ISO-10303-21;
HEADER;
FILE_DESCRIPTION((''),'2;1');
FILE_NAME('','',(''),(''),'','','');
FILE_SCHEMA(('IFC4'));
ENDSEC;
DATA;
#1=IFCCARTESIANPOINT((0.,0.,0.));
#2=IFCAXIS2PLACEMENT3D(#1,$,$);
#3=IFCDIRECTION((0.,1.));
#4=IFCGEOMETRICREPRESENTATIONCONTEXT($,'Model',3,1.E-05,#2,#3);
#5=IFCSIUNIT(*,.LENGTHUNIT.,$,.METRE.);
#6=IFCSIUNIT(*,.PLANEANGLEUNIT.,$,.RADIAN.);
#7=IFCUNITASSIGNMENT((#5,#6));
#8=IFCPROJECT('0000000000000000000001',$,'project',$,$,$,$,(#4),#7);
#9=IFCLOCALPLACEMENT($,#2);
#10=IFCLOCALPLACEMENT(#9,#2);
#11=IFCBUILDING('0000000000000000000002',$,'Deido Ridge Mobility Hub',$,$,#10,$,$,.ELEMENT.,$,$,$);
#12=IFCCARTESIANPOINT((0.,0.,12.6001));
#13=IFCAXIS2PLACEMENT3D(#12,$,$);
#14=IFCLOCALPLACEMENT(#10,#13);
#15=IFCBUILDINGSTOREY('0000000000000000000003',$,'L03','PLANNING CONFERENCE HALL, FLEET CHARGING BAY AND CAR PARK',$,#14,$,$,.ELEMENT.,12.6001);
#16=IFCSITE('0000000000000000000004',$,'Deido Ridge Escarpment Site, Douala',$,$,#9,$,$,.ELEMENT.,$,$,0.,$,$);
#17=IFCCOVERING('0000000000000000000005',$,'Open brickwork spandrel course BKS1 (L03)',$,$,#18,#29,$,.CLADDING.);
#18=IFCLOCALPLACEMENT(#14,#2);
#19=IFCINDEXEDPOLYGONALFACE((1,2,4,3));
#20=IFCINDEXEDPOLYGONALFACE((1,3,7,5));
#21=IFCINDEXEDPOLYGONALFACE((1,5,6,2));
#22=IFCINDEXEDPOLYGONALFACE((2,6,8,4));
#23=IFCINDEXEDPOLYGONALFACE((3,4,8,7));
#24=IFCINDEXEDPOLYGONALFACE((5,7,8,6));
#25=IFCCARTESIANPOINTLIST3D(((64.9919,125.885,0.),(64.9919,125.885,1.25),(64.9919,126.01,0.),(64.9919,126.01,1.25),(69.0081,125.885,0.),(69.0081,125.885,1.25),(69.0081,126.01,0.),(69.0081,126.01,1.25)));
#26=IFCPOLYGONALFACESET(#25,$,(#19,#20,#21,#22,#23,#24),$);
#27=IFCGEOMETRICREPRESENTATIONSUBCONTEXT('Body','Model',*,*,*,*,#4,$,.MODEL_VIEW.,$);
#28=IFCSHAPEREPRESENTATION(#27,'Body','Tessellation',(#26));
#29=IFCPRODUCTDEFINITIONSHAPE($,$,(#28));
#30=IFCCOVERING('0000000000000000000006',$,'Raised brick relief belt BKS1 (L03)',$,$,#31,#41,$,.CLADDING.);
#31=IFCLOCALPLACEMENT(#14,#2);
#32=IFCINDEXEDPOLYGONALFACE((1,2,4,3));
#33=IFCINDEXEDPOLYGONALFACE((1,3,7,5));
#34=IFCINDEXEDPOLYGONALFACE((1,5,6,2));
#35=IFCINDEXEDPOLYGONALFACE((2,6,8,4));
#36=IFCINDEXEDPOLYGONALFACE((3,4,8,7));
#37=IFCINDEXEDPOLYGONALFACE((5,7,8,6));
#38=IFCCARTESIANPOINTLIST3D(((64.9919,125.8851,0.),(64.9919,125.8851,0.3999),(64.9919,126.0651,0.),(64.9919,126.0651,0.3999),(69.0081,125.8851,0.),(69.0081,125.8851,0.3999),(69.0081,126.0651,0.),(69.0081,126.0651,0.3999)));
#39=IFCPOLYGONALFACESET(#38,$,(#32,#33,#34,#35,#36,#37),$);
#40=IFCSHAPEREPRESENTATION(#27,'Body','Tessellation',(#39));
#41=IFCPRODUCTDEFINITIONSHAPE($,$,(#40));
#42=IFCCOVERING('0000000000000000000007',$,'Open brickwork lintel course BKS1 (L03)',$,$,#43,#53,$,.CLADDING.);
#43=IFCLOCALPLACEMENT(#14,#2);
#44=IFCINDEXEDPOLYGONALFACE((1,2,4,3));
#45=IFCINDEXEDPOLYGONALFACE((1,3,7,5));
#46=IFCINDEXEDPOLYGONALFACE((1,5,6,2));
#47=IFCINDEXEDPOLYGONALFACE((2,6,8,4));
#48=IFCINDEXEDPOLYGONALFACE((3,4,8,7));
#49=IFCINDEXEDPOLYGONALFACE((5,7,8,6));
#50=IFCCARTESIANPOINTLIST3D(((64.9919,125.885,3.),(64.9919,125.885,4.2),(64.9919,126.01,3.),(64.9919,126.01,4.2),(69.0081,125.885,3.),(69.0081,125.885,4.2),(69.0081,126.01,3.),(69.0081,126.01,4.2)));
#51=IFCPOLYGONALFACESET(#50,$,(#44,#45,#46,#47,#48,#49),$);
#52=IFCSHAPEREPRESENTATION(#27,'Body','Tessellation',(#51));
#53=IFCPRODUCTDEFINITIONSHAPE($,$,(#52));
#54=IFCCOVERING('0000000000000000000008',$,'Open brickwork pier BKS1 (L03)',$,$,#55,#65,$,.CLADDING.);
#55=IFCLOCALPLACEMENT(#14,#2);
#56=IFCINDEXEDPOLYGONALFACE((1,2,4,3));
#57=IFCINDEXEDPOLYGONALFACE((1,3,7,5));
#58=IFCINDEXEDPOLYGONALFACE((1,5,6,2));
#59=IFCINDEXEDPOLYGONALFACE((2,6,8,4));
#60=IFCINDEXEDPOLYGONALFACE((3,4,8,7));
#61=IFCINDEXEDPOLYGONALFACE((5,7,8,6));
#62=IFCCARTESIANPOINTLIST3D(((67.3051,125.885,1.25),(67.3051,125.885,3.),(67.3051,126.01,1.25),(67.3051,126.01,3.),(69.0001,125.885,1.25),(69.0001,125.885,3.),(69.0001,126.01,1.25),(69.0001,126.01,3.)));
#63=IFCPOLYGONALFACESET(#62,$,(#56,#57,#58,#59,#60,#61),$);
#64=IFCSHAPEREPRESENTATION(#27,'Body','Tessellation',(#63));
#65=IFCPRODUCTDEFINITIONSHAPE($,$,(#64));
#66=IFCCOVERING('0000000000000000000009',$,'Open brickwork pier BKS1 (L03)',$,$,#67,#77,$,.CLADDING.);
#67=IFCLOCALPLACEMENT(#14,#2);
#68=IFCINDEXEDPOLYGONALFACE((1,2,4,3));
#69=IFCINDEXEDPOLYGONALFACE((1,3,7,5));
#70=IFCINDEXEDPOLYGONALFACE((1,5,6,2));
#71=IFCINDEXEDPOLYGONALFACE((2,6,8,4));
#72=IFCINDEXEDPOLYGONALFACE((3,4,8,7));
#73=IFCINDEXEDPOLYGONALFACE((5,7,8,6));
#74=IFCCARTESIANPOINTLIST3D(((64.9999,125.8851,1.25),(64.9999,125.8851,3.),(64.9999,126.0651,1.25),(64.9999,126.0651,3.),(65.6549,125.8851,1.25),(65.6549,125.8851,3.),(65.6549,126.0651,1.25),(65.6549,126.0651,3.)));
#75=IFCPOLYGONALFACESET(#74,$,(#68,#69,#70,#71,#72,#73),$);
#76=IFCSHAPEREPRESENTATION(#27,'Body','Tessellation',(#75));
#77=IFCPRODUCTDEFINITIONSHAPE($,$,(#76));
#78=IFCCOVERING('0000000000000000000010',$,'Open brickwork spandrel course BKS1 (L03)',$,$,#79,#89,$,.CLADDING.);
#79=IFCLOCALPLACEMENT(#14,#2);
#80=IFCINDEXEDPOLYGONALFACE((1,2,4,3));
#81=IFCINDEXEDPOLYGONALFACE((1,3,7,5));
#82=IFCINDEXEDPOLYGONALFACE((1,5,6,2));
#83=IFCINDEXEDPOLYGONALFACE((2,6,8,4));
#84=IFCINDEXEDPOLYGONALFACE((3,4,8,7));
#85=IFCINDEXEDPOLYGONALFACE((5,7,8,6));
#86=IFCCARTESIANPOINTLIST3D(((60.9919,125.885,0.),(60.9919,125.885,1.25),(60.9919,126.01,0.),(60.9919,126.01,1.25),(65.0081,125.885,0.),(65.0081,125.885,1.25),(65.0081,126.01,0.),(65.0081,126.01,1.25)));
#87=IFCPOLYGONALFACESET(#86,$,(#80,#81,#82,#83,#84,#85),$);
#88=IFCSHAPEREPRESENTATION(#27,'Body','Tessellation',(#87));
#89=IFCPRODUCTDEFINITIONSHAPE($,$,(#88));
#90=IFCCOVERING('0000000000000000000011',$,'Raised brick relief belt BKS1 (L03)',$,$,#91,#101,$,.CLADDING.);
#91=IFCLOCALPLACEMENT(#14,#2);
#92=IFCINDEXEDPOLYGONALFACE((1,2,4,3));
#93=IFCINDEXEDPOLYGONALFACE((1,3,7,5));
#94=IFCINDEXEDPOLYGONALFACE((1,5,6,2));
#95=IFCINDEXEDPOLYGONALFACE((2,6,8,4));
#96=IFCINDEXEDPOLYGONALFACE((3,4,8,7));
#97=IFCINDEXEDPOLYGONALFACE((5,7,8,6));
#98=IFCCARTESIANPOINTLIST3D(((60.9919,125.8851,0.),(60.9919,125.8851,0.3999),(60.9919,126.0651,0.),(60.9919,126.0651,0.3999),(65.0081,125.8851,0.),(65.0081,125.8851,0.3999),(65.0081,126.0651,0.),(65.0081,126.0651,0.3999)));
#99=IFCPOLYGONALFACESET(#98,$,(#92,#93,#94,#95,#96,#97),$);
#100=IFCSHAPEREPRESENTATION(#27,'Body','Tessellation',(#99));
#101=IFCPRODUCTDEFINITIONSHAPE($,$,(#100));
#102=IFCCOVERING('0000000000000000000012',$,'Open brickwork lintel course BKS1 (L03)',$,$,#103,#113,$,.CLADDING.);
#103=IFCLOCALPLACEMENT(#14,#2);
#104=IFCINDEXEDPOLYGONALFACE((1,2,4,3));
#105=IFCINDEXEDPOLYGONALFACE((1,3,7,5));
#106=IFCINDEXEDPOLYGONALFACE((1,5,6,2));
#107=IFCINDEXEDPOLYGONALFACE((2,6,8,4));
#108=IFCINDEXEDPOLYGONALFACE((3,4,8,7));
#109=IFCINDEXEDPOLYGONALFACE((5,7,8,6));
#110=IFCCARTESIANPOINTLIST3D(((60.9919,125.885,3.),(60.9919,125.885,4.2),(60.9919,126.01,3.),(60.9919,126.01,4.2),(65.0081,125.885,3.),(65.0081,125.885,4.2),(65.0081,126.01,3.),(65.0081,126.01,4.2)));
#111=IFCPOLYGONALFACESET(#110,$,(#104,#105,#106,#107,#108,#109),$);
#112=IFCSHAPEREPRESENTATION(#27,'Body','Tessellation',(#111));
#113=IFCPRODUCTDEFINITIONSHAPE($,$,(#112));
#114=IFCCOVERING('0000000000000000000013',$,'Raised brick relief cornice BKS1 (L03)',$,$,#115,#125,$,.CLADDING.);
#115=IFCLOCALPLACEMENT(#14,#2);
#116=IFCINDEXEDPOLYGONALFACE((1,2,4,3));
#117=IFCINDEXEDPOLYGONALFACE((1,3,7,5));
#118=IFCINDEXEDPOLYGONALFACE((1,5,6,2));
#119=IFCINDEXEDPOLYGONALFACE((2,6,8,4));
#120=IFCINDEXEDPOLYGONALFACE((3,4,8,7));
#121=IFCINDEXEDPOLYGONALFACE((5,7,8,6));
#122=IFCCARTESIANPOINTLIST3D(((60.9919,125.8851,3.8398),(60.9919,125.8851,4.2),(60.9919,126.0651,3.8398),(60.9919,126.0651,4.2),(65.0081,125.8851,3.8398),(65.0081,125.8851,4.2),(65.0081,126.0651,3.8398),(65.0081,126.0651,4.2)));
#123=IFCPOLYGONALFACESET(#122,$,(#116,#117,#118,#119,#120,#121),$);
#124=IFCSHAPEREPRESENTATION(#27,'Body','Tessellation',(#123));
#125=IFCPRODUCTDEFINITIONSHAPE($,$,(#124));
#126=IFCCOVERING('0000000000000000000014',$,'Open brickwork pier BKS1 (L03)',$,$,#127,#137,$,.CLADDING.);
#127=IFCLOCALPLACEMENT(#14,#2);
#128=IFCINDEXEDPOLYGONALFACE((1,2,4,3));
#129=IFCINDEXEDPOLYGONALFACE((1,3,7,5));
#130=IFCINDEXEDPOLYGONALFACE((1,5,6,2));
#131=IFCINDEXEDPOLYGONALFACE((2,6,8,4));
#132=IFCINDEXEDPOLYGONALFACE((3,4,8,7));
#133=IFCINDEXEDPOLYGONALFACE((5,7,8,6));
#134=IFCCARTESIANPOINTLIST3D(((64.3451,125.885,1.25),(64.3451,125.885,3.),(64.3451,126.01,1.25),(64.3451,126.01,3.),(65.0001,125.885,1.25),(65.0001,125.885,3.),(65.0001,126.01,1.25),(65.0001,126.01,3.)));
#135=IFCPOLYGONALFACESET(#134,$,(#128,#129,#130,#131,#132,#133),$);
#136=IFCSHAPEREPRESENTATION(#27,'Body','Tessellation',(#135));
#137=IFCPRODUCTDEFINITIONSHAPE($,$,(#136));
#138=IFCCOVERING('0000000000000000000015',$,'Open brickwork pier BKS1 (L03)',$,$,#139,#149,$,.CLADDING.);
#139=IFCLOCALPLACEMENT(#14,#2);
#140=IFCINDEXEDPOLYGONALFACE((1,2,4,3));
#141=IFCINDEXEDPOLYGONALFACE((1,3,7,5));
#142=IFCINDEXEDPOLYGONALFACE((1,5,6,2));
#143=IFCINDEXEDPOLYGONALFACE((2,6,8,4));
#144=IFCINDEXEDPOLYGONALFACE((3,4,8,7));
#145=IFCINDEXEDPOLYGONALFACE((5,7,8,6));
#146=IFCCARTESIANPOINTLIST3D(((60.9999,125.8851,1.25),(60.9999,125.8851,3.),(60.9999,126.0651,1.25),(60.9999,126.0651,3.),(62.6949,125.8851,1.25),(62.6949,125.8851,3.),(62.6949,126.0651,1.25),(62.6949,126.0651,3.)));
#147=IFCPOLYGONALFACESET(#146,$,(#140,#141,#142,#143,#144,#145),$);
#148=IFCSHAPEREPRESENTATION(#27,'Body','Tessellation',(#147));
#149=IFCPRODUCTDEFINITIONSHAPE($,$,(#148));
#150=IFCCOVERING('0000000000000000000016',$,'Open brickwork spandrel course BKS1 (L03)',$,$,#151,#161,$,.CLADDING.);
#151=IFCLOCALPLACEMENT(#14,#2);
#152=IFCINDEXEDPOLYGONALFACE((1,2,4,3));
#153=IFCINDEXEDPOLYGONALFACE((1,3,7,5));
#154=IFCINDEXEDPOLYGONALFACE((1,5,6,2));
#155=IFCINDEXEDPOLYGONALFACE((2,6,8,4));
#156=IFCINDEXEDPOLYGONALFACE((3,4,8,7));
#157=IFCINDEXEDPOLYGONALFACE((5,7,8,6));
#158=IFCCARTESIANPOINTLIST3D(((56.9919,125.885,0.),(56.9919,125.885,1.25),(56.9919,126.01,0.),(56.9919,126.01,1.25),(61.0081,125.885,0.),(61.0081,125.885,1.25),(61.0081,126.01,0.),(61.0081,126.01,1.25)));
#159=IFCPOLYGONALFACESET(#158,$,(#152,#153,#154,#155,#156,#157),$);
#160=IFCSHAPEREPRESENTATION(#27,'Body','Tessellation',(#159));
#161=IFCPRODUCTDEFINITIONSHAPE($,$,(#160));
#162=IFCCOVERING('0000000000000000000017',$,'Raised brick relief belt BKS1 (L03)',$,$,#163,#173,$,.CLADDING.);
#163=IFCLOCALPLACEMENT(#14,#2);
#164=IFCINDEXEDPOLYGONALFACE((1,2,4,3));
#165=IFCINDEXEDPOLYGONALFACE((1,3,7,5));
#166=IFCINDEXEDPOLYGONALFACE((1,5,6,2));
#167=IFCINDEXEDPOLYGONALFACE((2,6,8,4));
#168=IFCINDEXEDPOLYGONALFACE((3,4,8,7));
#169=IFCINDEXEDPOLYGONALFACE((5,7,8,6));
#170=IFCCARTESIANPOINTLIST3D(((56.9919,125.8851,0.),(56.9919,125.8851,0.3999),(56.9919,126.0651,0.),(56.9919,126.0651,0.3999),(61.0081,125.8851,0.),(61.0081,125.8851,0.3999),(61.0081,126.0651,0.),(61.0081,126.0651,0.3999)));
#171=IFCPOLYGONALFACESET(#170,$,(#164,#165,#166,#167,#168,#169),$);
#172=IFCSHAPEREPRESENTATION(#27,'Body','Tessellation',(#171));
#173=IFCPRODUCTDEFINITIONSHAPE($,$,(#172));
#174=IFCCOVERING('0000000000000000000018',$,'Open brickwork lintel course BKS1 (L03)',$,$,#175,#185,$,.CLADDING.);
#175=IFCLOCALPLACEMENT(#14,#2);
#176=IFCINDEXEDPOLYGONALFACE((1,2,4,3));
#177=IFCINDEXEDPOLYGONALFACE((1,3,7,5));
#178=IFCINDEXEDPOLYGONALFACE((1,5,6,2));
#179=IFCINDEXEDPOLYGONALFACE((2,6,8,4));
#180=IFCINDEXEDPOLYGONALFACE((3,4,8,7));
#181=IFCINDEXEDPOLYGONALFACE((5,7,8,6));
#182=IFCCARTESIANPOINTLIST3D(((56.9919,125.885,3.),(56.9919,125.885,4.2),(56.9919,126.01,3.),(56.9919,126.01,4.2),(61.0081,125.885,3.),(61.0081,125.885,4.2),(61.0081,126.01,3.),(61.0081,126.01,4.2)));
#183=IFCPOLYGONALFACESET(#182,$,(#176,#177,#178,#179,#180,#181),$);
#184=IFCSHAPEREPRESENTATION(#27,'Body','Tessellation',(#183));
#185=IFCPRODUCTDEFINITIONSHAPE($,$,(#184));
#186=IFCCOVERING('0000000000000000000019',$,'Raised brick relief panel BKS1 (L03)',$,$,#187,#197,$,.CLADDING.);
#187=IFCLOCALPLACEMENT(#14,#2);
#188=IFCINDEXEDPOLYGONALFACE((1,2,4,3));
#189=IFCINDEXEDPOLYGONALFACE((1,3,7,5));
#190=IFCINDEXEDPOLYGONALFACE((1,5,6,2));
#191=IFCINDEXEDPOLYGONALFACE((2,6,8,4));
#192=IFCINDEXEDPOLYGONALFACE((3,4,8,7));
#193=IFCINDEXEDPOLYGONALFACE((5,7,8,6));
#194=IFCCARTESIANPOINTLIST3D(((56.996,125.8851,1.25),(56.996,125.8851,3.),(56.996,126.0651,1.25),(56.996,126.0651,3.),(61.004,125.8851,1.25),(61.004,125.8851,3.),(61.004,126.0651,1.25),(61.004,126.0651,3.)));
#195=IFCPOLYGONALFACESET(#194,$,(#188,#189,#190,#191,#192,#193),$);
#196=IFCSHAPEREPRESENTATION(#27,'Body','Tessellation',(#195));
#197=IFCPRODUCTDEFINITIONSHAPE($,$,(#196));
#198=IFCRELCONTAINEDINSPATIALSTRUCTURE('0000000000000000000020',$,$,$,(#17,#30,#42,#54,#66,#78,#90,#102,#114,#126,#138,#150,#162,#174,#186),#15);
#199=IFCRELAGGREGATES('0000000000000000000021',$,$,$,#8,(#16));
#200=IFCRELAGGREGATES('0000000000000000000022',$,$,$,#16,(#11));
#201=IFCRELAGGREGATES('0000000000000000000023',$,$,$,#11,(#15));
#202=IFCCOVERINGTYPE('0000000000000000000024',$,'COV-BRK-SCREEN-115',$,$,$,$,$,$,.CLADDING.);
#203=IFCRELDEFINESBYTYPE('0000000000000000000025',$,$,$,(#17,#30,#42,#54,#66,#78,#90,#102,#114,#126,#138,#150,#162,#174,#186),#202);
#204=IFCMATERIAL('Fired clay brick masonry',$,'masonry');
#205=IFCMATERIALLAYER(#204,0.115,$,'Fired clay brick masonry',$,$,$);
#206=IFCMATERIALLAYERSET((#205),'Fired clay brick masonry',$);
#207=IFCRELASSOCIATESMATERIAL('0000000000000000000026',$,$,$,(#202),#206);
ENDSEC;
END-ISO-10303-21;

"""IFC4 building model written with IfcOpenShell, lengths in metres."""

from ifc_helpers import new_model, si_unit, direction, frame, origin, origin_2d, place, context, subcontext, project, spatial, rectangle, extrude, material, layer, layer_set, type_object, element, save


model = new_model("IFC4")

# Units and contexts
model_context = context("Model", 3, precision=1e-05, world=origin(), true_north=direction((0.0, 1.0)))
body_context = subcontext(model_context, "Body", "Model", "MODEL_VIEW")
ifc_project = project(units=[si_unit("LENGTHUNIT", "METRE"), si_unit("PLANEANGLEUNIT", "RADIAN")], contexts=[model_context])

# Site, building, storey
site_placement = place(None, origin())
site = spatial("IfcSite", under=ifc_project, at=site_placement, Name="Deido Ridge Escarpment Site, Douala", CompositionType="ELEMENT", RefElevation=0.0)
building_placement = place(site_placement, origin())
building = spatial("IfcBuilding", under=site, at=building_placement, Name="Deido Ridge Mobility Hub", CompositionType="ELEMENT")
storey_placement = place(building_placement, frame((0.0, 0.0, 12.6001)))
storey = spatial("IfcBuildingStorey", under=building, at=storey_placement, Name="L03", Description="PLANNING CONFERENCE HALL, FLEET CHARGING BAY AND CAR PARK", CompositionType="ELEMENT", Elevation=12.6001)

# Coverings
ifc_material = material(Name="Fired clay brick masonry", Category="masonry")
ifc_layer = layer(ifc_material, 0.115, Name="Fired clay brick masonry")
ifc_layer_set = layer_set([ifc_layer], Name="Fired clay brick masonry")
covering_type = type_object("IfcCoveringType", Name="COV-BRK-SCREEN-115", PredefinedType="CLADDING", material=ifc_layer_set)
covering_1_placement = place(storey_placement, frame((67.0, 125.9475, 0.0), z_axis=(0.0, 0.0, 1.0), x_axis=(-1.0, 0.0, 0.0)))
element("IfcCovering", 1, at=covering_1_placement, inside=storey, type_object=covering_type, Name="Open brickwork spandrel course BKS1 (L03)", PredefinedType="CLADDING", context=body_context, shape_type="SweptSolid", body=[
    extrude(rectangle(XDim=4.0161, YDim=0.125, at=origin_2d()), origin(), (0.0, 0.0, 1.0), 1.25),
])
covering_2_placement = place(storey_placement, frame((67.0, 125.9751, 0.0), z_axis=(0.0, 0.0, 1.0), x_axis=(-1.0, 0.0, 0.0)))
element("IfcCovering", 2, at=covering_2_placement, inside=storey, type_object=covering_type, Name="Raised brick relief belt BKS1 (L03)", PredefinedType="CLADDING", context=body_context, shape_type="SweptSolid", body=[
    extrude(rectangle(XDim=4.0161, YDim=0.1799, at=origin_2d()), origin(), (0.0, 0.0, 1.0), 0.3999),
])
covering_3_placement = place(storey_placement, frame((67.0, 125.9475, 3.0), z_axis=(0.0, 0.0, 1.0), x_axis=(-1.0, 0.0, 0.0)))
element("IfcCovering", 3, at=covering_3_placement, inside=storey, type_object=covering_type, Name="Open brickwork lintel course BKS1 (L03)", PredefinedType="CLADDING", context=body_context, shape_type="SweptSolid", body=[
    extrude(rectangle(XDim=4.0161, YDim=0.125, at=origin_2d()), origin(), (0.0, 0.0, 1.0), 1.2),
])
covering_4_placement = place(storey_placement, frame((68.1526, 125.9475, 1.25), z_axis=(0.0, 0.0, 1.0), x_axis=(-1.0, 0.0, 0.0)))
element("IfcCovering", 4, at=covering_4_placement, inside=storey, type_object=covering_type, Name="Open brickwork pier BKS1 (L03)", PredefinedType="CLADDING", context=body_context, shape_type="SweptSolid", body=[
    extrude(rectangle(XDim=1.6951, YDim=0.125, at=origin_2d()), origin(), (0.0, 0.0, 1.0), 1.75),
])
covering_5_placement = place(storey_placement, frame((65.3274, 125.9751, 1.25), z_axis=(0.0, 0.0, 1.0), x_axis=(-1.0, 0.0, 0.0)))
element("IfcCovering", 5, at=covering_5_placement, inside=storey, type_object=covering_type, Name="Open brickwork pier BKS1 (L03)", PredefinedType="CLADDING", context=body_context, shape_type="SweptSolid", body=[
    extrude(rectangle(XDim=0.655, YDim=0.1799, at=origin_2d()), origin(), (0.0, 0.0, 1.0), 1.75),
])
covering_6_placement = place(storey_placement, frame((63.0, 125.9475, 0.0), z_axis=(0.0, 0.0, 1.0), x_axis=(-1.0, 0.0, 0.0)))
element("IfcCovering", 6, at=covering_6_placement, inside=storey, type_object=covering_type, Name="Open brickwork spandrel course BKS1 (L03)", PredefinedType="CLADDING", context=body_context, shape_type="SweptSolid", body=[
    extrude(rectangle(XDim=4.0161, YDim=0.125, at=origin_2d()), origin(), (0.0, 0.0, 1.0), 1.25),
])
covering_7_placement = place(storey_placement, frame((63.0, 125.9751, 0.0), z_axis=(0.0, 0.0, 1.0), x_axis=(-1.0, 0.0, 0.0)))
element("IfcCovering", 7, at=covering_7_placement, inside=storey, type_object=covering_type, Name="Raised brick relief belt BKS1 (L03)", PredefinedType="CLADDING", context=body_context, shape_type="SweptSolid", body=[
    extrude(rectangle(XDim=4.0161, YDim=0.1799, at=origin_2d()), origin(), (0.0, 0.0, 1.0), 0.3999),
])
covering_8_placement = place(storey_placement, frame((63.0, 125.9475, 3.0), z_axis=(0.0, 0.0, 1.0), x_axis=(-1.0, 0.0, 0.0)))
element("IfcCovering", 8, at=covering_8_placement, inside=storey, type_object=covering_type, Name="Open brickwork lintel course BKS1 (L03)", PredefinedType="CLADDING", context=body_context, shape_type="SweptSolid", body=[
    extrude(rectangle(XDim=4.0161, YDim=0.125, at=origin_2d()), origin(), (0.0, 0.0, 1.0), 1.2),
])
covering_9_placement = place(storey_placement, frame((63.0, 125.9751, 3.8398), z_axis=(0.0, 0.0, 1.0), x_axis=(-1.0, 0.0, 0.0)))
element("IfcCovering", 9, at=covering_9_placement, inside=storey, type_object=covering_type, Name="Raised brick relief cornice BKS1 (L03)", PredefinedType="CLADDING", context=body_context, shape_type="SweptSolid", body=[
    extrude(rectangle(XDim=4.0161, YDim=0.1799, at=origin_2d()), origin(), (0.0, 0.0, 1.0), 0.3601),
])
covering_10_placement = place(storey_placement, frame((64.6726, 125.9475, 1.25), z_axis=(0.0, 0.0, 1.0), x_axis=(-1.0, 0.0, 0.0)))
element("IfcCovering", 10, at=covering_10_placement, inside=storey, type_object=covering_type, Name="Open brickwork pier BKS1 (L03)", PredefinedType="CLADDING", context=body_context, shape_type="SweptSolid", body=[
    extrude(rectangle(XDim=0.655, YDim=0.125, at=origin_2d()), origin(), (0.0, 0.0, 1.0), 1.75),
])
covering_11_placement = place(storey_placement, frame((61.8474, 125.9751, 1.25), z_axis=(0.0, 0.0, 1.0), x_axis=(-1.0, 0.0, 0.0)))
element("IfcCovering", 11, at=covering_11_placement, inside=storey, type_object=covering_type, Name="Open brickwork pier BKS1 (L03)", PredefinedType="CLADDING", context=body_context, shape_type="SweptSolid", body=[
    extrude(rectangle(XDim=1.6951, YDim=0.1799, at=origin_2d()), origin(), (0.0, 0.0, 1.0), 1.75),
])
covering_12_placement = place(storey_placement, frame((59.0, 125.9475, 0.0), z_axis=(0.0, 0.0, 1.0), x_axis=(-1.0, 0.0, 0.0)))
element("IfcCovering", 12, at=covering_12_placement, inside=storey, type_object=covering_type, Name="Open brickwork spandrel course BKS1 (L03)", PredefinedType="CLADDING", context=body_context, shape_type="SweptSolid", body=[
    extrude(rectangle(XDim=4.0161, YDim=0.125, at=origin_2d()), origin(), (0.0, 0.0, 1.0), 1.25),
])
covering_13_placement = place(storey_placement, frame((59.0, 125.9751, 0.0), z_axis=(0.0, 0.0, 1.0), x_axis=(-1.0, 0.0, 0.0)))
element("IfcCovering", 13, at=covering_13_placement, inside=storey, type_object=covering_type, Name="Raised brick relief belt BKS1 (L03)", PredefinedType="CLADDING", context=body_context, shape_type="SweptSolid", body=[
    extrude(rectangle(XDim=4.0161, YDim=0.1799, at=origin_2d()), origin(), (0.0, 0.0, 1.0), 0.3999),
])
covering_14_placement = place(storey_placement, frame((59.0, 125.9475, 3.0), z_axis=(0.0, 0.0, 1.0), x_axis=(-1.0, 0.0, 0.0)))
element("IfcCovering", 14, at=covering_14_placement, inside=storey, type_object=covering_type, Name="Open brickwork lintel course BKS1 (L03)", PredefinedType="CLADDING", context=body_context, shape_type="SweptSolid", body=[
    extrude(rectangle(XDim=4.0161, YDim=0.125, at=origin_2d()), origin(), (0.0, 0.0, 1.0), 1.2),
])
covering_15_placement = place(storey_placement, frame((59.0, 125.9751, 1.25), z_axis=(0.0, 0.0, 1.0), x_axis=(-1.0, 0.0, 0.0)))
element("IfcCovering", 15, at=covering_15_placement, inside=storey, type_object=covering_type, Name="Raised brick relief panel BKS1 (L03)", PredefinedType="CLADDING", context=body_context, shape_type="SweptSolid", body=[
    extrude(rectangle(XDim=4.0081, YDim=0.1799, at=origin_2d()), origin(), (0.0, 0.0, 1.0), 1.75),
])

save(model, "model.ifc")
